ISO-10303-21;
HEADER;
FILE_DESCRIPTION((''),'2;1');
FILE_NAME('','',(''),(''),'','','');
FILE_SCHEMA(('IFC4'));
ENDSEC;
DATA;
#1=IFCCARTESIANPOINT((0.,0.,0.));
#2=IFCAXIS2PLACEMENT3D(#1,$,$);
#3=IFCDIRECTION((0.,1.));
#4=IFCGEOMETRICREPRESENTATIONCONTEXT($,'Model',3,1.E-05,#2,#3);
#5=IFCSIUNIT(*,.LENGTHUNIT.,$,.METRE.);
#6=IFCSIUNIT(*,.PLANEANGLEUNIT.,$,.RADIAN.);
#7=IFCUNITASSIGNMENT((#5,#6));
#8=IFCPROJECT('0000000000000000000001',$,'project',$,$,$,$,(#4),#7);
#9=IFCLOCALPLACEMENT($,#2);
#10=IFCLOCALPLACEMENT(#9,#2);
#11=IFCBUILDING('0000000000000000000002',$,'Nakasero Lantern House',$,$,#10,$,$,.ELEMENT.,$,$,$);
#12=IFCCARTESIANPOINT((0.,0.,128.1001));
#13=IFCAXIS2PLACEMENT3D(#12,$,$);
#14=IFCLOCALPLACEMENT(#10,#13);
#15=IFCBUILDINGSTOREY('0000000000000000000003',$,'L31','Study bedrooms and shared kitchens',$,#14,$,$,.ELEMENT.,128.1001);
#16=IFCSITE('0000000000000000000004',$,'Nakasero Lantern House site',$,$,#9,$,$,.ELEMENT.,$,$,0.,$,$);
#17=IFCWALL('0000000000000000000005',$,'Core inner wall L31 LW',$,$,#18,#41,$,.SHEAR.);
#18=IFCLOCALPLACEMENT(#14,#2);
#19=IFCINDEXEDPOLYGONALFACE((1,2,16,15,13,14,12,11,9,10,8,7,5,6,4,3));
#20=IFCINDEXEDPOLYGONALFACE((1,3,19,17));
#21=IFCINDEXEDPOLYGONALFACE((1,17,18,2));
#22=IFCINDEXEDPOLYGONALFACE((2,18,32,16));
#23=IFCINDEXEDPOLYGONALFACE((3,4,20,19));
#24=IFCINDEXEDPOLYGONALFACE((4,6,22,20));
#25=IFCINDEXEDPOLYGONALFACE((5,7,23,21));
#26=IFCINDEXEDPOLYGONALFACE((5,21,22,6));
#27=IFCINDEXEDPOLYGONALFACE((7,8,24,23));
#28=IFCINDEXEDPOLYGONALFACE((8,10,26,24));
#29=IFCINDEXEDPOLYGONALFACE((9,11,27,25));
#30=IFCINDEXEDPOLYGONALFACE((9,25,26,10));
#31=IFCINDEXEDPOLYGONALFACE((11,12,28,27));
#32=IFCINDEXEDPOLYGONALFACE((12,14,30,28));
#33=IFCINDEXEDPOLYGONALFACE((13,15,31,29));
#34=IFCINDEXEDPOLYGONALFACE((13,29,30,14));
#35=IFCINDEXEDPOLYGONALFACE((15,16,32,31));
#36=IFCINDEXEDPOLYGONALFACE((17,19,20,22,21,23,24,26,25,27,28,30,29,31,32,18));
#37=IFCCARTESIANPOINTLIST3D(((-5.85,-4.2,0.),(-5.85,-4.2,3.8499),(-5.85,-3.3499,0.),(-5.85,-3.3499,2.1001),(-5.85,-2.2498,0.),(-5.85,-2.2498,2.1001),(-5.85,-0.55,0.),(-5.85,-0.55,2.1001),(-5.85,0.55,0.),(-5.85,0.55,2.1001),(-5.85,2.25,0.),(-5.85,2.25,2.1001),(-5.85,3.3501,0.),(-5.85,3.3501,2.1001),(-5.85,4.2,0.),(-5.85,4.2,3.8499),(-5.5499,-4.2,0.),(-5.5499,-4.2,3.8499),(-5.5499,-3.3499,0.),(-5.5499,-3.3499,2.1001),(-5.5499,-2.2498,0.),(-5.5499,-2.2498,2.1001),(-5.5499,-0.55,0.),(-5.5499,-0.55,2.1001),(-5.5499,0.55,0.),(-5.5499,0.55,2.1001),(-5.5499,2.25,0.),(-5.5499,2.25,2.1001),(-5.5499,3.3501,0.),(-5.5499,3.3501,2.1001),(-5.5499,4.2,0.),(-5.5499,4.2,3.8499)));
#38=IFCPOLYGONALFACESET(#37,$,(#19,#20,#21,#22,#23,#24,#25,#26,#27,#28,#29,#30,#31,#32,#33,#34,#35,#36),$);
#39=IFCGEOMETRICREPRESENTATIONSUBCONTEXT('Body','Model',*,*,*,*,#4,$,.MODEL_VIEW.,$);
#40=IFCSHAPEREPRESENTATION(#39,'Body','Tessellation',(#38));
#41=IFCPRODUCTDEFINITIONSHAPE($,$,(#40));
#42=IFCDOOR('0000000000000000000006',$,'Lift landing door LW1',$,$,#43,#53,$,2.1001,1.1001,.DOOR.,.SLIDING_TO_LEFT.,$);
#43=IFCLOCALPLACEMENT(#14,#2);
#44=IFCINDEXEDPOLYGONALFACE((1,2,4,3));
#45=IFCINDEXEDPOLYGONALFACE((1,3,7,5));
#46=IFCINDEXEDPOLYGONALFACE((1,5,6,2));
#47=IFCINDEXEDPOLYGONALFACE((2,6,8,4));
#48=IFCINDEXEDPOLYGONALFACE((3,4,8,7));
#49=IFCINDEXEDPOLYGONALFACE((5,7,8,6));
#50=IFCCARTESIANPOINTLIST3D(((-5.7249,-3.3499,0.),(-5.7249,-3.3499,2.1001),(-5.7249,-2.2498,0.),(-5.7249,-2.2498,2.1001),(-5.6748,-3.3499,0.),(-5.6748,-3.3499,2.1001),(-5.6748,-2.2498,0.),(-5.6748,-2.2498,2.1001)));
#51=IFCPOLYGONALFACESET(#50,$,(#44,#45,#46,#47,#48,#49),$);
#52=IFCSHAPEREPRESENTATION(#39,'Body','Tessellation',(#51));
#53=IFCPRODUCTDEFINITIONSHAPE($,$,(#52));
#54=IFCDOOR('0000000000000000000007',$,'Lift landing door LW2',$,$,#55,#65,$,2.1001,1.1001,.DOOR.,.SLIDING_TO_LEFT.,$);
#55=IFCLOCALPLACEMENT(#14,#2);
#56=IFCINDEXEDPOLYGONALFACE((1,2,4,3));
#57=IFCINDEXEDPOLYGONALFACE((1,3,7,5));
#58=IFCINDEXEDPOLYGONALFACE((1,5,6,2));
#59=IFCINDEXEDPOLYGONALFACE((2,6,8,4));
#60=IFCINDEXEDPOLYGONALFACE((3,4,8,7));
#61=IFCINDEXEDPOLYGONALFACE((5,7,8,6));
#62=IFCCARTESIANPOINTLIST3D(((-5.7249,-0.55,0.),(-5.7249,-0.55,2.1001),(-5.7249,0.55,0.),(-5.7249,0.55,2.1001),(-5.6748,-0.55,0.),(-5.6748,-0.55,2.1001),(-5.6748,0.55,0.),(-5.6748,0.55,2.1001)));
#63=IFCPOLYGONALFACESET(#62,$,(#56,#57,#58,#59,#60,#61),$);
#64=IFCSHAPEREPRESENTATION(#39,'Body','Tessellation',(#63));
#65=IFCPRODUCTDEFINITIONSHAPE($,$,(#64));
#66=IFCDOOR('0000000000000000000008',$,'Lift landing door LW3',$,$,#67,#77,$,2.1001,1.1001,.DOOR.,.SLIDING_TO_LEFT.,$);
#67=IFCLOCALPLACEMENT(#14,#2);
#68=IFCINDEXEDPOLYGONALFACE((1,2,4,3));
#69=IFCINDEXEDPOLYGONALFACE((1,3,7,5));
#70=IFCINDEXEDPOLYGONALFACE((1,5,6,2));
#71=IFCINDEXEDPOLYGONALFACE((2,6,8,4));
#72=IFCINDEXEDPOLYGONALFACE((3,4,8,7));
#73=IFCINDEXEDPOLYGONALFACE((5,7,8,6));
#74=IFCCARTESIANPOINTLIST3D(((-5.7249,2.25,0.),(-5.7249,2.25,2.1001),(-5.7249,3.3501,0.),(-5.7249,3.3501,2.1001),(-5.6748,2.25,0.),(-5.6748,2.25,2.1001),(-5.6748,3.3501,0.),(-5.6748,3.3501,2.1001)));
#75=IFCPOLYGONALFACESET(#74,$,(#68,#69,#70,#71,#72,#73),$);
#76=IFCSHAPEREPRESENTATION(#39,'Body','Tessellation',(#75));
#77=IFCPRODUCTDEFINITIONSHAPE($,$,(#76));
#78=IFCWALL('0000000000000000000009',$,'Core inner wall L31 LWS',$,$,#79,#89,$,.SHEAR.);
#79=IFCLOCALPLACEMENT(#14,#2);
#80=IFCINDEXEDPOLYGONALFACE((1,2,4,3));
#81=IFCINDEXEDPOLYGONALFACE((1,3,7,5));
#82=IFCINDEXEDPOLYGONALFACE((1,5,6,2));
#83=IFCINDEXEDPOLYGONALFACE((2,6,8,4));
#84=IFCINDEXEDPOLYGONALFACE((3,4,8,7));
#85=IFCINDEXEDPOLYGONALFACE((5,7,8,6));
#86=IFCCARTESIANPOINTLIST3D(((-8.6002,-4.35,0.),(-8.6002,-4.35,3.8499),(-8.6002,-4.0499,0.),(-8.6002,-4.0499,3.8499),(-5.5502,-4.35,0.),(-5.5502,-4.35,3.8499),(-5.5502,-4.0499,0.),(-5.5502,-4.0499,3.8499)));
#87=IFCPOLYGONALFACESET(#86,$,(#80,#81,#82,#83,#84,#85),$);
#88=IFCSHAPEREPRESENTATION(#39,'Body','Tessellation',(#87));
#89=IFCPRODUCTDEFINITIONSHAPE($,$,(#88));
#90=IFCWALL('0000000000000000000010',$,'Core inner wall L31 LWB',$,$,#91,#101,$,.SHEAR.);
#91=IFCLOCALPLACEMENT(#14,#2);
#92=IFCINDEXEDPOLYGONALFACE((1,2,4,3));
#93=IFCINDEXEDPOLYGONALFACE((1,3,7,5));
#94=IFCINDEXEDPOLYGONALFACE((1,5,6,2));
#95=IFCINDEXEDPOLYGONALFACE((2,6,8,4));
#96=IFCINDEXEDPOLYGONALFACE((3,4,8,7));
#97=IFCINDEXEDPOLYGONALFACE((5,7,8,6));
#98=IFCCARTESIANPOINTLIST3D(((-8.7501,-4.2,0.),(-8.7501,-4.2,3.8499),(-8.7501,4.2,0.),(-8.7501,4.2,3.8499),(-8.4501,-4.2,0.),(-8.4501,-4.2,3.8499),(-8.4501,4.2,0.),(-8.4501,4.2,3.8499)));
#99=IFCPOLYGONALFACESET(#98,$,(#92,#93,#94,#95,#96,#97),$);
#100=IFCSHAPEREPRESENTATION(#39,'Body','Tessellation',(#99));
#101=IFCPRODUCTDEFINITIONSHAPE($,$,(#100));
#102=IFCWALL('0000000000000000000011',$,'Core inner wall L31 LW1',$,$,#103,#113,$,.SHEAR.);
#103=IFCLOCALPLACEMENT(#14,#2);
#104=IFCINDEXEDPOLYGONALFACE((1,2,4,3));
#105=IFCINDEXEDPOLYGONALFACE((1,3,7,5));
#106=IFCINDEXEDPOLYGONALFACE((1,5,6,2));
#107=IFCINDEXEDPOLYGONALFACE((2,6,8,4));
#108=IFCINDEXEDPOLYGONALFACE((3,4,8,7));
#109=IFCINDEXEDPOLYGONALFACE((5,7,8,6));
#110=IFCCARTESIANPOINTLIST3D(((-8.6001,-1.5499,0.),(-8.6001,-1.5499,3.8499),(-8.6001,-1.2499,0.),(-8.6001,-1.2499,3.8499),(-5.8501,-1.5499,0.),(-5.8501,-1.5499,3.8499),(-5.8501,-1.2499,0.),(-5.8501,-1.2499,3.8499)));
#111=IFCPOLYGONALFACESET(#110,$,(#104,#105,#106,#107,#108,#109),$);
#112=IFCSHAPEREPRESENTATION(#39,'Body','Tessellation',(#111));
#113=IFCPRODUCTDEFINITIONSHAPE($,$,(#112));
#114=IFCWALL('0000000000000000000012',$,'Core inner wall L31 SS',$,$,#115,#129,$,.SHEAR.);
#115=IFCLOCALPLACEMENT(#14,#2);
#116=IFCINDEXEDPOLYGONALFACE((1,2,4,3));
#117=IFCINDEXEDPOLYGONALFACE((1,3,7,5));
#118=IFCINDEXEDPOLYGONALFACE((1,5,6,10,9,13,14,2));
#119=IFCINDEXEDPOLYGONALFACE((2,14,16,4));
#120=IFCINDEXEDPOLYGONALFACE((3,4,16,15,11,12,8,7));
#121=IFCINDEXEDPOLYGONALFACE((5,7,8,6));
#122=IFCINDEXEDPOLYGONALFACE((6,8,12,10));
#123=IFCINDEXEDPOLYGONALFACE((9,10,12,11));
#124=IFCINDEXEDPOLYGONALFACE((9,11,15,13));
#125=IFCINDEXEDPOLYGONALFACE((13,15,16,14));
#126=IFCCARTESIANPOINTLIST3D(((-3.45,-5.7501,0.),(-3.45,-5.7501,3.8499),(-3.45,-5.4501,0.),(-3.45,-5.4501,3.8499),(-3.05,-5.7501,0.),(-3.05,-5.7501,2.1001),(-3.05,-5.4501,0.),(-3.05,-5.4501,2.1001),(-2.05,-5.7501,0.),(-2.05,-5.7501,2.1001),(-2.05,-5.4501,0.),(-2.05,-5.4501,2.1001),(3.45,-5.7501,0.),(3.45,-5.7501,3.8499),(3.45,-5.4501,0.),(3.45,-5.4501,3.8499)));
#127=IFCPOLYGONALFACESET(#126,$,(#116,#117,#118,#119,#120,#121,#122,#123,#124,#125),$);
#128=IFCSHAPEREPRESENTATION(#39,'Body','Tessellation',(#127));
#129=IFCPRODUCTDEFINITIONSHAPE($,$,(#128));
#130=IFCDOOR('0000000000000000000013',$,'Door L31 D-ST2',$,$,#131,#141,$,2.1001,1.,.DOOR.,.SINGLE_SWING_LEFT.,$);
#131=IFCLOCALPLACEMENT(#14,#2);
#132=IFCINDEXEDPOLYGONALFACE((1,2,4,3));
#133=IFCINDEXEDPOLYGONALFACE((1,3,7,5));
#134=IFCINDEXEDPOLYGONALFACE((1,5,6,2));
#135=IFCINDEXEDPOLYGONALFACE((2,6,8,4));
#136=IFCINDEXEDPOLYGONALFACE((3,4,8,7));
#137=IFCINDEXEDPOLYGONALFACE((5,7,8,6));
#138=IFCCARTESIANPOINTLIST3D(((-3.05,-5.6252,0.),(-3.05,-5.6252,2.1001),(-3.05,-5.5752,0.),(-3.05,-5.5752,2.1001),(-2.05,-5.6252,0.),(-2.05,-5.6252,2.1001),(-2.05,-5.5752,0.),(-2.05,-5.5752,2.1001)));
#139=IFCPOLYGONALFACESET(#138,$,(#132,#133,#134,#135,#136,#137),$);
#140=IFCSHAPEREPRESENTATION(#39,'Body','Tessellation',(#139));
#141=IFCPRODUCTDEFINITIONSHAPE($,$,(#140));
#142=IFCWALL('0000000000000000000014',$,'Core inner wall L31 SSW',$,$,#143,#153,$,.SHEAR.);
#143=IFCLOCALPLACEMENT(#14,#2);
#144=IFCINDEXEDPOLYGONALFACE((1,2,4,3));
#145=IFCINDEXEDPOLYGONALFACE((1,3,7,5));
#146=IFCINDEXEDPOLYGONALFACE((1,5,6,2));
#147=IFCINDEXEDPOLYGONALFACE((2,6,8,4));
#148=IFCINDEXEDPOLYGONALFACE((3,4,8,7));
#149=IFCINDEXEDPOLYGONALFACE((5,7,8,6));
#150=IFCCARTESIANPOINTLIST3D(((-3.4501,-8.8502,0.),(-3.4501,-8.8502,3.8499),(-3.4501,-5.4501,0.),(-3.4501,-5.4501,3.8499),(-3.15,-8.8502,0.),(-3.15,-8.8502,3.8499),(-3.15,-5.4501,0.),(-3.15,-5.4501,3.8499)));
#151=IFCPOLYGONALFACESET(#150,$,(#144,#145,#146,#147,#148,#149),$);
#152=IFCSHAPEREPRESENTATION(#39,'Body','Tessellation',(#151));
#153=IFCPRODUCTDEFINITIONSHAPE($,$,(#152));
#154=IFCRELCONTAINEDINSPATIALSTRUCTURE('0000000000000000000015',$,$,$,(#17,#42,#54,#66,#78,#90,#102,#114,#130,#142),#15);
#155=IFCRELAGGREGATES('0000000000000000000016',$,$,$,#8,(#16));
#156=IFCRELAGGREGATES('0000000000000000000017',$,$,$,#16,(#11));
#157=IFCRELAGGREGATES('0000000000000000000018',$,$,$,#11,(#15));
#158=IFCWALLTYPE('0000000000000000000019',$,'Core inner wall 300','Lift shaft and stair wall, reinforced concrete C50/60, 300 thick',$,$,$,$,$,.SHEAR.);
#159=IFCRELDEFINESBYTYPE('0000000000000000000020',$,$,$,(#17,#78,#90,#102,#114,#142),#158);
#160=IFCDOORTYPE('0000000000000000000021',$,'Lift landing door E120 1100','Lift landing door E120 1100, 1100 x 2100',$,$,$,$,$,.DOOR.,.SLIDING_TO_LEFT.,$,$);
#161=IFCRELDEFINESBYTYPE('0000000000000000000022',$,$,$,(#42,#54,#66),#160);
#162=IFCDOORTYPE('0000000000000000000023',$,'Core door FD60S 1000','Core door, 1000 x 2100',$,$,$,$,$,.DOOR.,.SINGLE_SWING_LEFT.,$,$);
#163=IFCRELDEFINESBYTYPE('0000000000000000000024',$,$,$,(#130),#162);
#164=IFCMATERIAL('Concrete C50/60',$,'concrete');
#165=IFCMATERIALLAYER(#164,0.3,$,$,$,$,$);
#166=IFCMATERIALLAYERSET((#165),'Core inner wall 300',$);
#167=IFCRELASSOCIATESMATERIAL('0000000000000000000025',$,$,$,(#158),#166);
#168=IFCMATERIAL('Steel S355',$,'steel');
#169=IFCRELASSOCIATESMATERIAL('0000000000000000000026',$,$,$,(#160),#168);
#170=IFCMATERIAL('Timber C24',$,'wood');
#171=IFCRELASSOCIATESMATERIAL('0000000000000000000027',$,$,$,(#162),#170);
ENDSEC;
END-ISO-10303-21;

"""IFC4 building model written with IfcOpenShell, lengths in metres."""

from ifc_helpers import new_model, si_unit, direction, frame, frame_2d, origin, place, context, subcontext, project, spatial, rectangle, extrude, material, layer, layer_set, type_object, element, fill, save


model = new_model("IFC4")

# Units and contexts
model_context = context("Model", 3, precision=1e-05, world=origin(), true_north=direction((0.0, 1.0)))
body_context = subcontext(model_context, "Body", "Model", "MODEL_VIEW")
ifc_project = project(units=[si_unit("LENGTHUNIT", "METRE"), si_unit("PLANEANGLEUNIT", "RADIAN")], contexts=[model_context])

# Site, building, storey
site_placement = place(None, origin())
site = spatial("IfcSite", under=ifc_project, at=site_placement, Name="Nakasero Lantern House site", CompositionType="ELEMENT", RefElevation=0.0)
building_placement = place(site_placement, origin())
building = spatial("IfcBuilding", under=site, at=building_placement, Name="Nakasero Lantern House", CompositionType="ELEMENT")
storey_placement = place(building_placement, frame((0.0, 0.0, 128.1001)))
storey = spatial("IfcBuildingStorey", under=building, at=storey_placement, Name="L31", Description="Study bedrooms and shared kitchens", CompositionType="ELEMENT", Elevation=128.1001)

# Wall, openings, doors
ifc_material_1 = material(Name="Concrete C50/60", Category="concrete")
ifc_layer_1 = layer(ifc_material_1, 0.3)
ifc_layer_set_1 = layer_set([ifc_layer_1], Name="Core inner wall 300")
wall_type_1 = type_object("IfcWallType", Name="Core inner wall 300", Description="Lift shaft and stair wall, reinforced concrete C50/60, 300 thick", PredefinedType="SHEAR", material=ifc_layer_set_1)
wall_1_placement = place(storey_placement, frame((-5.7, -4.2, 0.0), z_axis=(0.0, 0.0, 1.0), x_axis=(0.0, 1.0, 0.0)))
wall_1 = element("IfcWall", 1, at=wall_1_placement, inside=storey, type_object=wall_type_1, Name="Core inner wall L31 LW", PredefinedType="SHEAR", context=body_context, shape_type="SweptSolid", body=[
    extrude(rectangle(XDim=8.3999, YDim=0.3, at=frame_2d((4.2, 0.0))), origin(), (0.0, 0.0, 1.0), 3.8499),
])
opening_1_placement = place(wall_1_placement, frame((0.8501, 0.0, 0.0)))
opening_1 = element("IfcOpeningElement", 2, at=opening_1_placement, cuts=wall_1, PredefinedType="OPENING", context=body_context, shape_type="SweptSolid", body=[
    extrude(rectangle(XDim=1.1001, YDim=2.1001, at=frame_2d((0.55, 1.05))), frame((0.0, 0.1699, 0.0), z_axis=(0.0, -1.0, 0.0), x_axis=(1.0, 0.0, 0.0)), (0.0, 0.0, 1.0), 0.3401),
])
opening_2_placement = place(wall_1_placement, frame((3.6499, 0.0, 0.0)))
opening_2 = element("IfcOpeningElement", 3, at=opening_2_placement, cuts=wall_1, PredefinedType="OPENING", context=body_context, shape_type="SweptSolid", body=[
    extrude(rectangle(XDim=1.1001, YDim=2.1001, at=frame_2d((0.55, 1.05))), frame((0.0, 0.1699, 0.0), z_axis=(0.0, -1.0, 0.0), x_axis=(1.0, 0.0, 0.0)), (0.0, 0.0, 1.0), 0.3401),
])
opening_3_placement = place(wall_1_placement, frame((6.45, 0.0, 0.0)))
opening_3 = element("IfcOpeningElement", 4, at=opening_3_placement, cuts=wall_1, PredefinedType="OPENING", context=body_context, shape_type="SweptSolid", body=[
    extrude(rectangle(XDim=1.1001, YDim=2.1001, at=frame_2d((0.55, 1.05))), frame((0.0, 0.1699, 0.0), z_axis=(0.0, -1.0, 0.0), x_axis=(1.0, 0.0, 0.0)), (0.0, 0.0, 1.0), 0.3401),
])
ifc_material_2 = material(Name="Steel S355", Category="steel")
door_type_1 = type_object("IfcDoorType", Name="Lift landing door E120 1100", Description="Lift landing door E120 1100, 1100 x 2100", OperationType="SLIDING_TO_LEFT", PredefinedType="DOOR", material=ifc_material_2)
door_1_placement = place(opening_1_placement, origin())
door_1 = element("IfcDoor", 5, at=door_1_placement, inside=storey, type_object=door_type_1, Name="Lift landing door LW1", OperationType="SLIDING_TO_LEFT", OverallHeight=2.1001, OverallWidth=1.1001, PredefinedType="DOOR", context=body_context, shape_type="SweptSolid", body=[
    extrude(rectangle(XDim=1.1001, YDim=2.1001, at=frame_2d((0.55, 1.05))), frame((0.0, 0.0249, 0.0), z_axis=(0.0, -1.0, 0.0), x_axis=(1.0, 0.0, 0.0)), (0.0, 0.0, 1.0), 0.05),
])
fill(opening_1, door_1)
door_2_placement = place(opening_2_placement, origin())
door_2 = element("IfcDoor", 6, at=door_2_placement, inside=storey, type_object=door_type_1, Name="Lift landing door LW2", OperationType="SLIDING_TO_LEFT", OverallHeight=2.1001, OverallWidth=1.1001, PredefinedType="DOOR", context=body_context, shape_type="SweptSolid", body=[
    extrude(rectangle(XDim=1.1001, YDim=2.1001, at=frame_2d((0.55, 1.05))), frame((0.0, 0.0249, 0.0), z_axis=(0.0, -1.0, 0.0), x_axis=(1.0, 0.0, 0.0)), (0.0, 0.0, 1.0), 0.05),
])
fill(opening_2, door_2)
door_3_placement = place(opening_3_placement, origin())
door_3 = element("IfcDoor", 7, at=door_3_placement, inside=storey, type_object=door_type_1, Name="Lift landing door LW3", OperationType="SLIDING_TO_LEFT", OverallHeight=2.1001, OverallWidth=1.1001, PredefinedType="DOOR", context=body_context, shape_type="SweptSolid", body=[
    extrude(rectangle(XDim=1.1001, YDim=2.1001, at=frame_2d((0.55, 1.05))), frame((0.0, 0.0249, 0.0), z_axis=(0.0, -1.0, 0.0), x_axis=(1.0, 0.0, 0.0)), (0.0, 0.0, 1.0), 0.05),
])
fill(opening_3, door_3)

# Walls
wall_2_placement = place(storey_placement, frame((-8.6001, -4.2, 0.0), z_axis=(0.0, 0.0, 1.0), x_axis=(1.0, 0.0, 0.0)))
element("IfcWall", 8, at=wall_2_placement, inside=storey, type_object=wall_type_1, Name="Core inner wall L31 LWS", PredefinedType="SHEAR", context=body_context, shape_type="SweptSolid", body=[
    extrude(rectangle(XDim=3.05, YDim=0.3, at=frame_2d((1.5249, 0.0))), origin(), (0.0, 0.0, 1.0), 3.8499),
])
wall_3_placement = place(storey_placement, frame((-8.6001, -4.2, 0.0), z_axis=(0.0, 0.0, 1.0), x_axis=(0.0, 1.0, 0.0)))
element("IfcWall", 9, at=wall_3_placement, inside=storey, type_object=wall_type_1, Name="Core inner wall L31 LWB", PredefinedType="SHEAR", context=body_context, shape_type="SweptSolid", body=[
    extrude(rectangle(XDim=8.3999, YDim=0.3, at=frame_2d((4.2, 0.0))), origin(), (0.0, 0.0, 1.0), 3.8499),
])
wall_4_placement = place(storey_placement, frame((-8.6001, -1.3999, 0.0), z_axis=(0.0, 0.0, 1.0), x_axis=(1.0, 0.0, 0.0)))
element("IfcWall", 10, at=wall_4_placement, inside=storey, type_object=wall_type_1, Name="Core inner wall L31 LW1", PredefinedType="SHEAR", context=body_context, shape_type="SweptSolid", body=[
    extrude(rectangle(XDim=2.75, YDim=0.3, at=frame_2d((1.375, 0.0))), origin(), (0.0, 0.0, 1.0), 3.8499),
])

# Wall, opening, door
wall_5_placement = place(storey_placement, frame((-3.45, -5.6001, 0.0), z_axis=(0.0, 0.0, 1.0), x_axis=(1.0, 0.0, 0.0)))
wall_5 = element("IfcWall", 11, at=wall_5_placement, inside=storey, type_object=wall_type_1, Name="Core inner wall L31 SS", PredefinedType="SHEAR", context=body_context, shape_type="SweptSolid", body=[
    extrude(rectangle(XDim=6.8999, YDim=0.3, at=frame_2d((3.45, 0.0))), origin(), (0.0, 0.0, 1.0), 3.8499),
])
opening_4_placement = place(wall_5_placement, frame((0.3999, 0.0, 0.0)))
opening_4 = element("IfcOpeningElement", 12, at=opening_4_placement, cuts=wall_5, PredefinedType="OPENING", context=body_context, shape_type="SweptSolid", body=[
    extrude(rectangle(XDim=1.0, YDim=2.1001, at=frame_2d((0.5, 1.05))), frame((0.0, 0.1699, 0.0), z_axis=(0.0, -1.0, 0.0), x_axis=(1.0, 0.0, 0.0)), (0.0, 0.0, 1.0), 0.3401),
])
ifc_material_3 = material(Name="Timber C24", Category="wood")
door_type_2 = type_object("IfcDoorType", Name="Core door FD60S 1000", Description="Core door, 1000 x 2100", OperationType="SINGLE_SWING_LEFT", PredefinedType="DOOR", material=ifc_material_3)
door_4_placement = place(opening_4_placement, origin())
door_4 = element("IfcDoor", 13, at=door_4_placement, inside=storey, type_object=door_type_2, Name="Door L31 D-ST2", OperationType="SINGLE_SWING_LEFT", OverallHeight=2.1001, OverallWidth=1.0, PredefinedType="DOOR", context=body_context, shape_type="SweptSolid", body=[
    extrude(rectangle(XDim=1.0, YDim=2.1001, at=frame_2d((0.5, 1.05))), frame((0.0, 0.0249, 0.0), z_axis=(0.0, -1.0, 0.0), x_axis=(1.0, 0.0, 0.0)), (0.0, 0.0, 1.0), 0.05),
])
fill(opening_4, door_4)

# Wall
wall_6_placement = place(storey_placement, frame((-3.3, -5.45, 0.0), z_axis=(0.0, 0.0, 1.0), x_axis=(0.0, -1.0, 0.0)))
element("IfcWall", 14, at=wall_6_placement, inside=storey, type_object=wall_type_1, Name="Core inner wall L31 SSW", PredefinedType="SHEAR", context=body_context, shape_type="SweptSolid", body=[
    extrude(rectangle(XDim=3.4001, YDim=0.3, at=frame_2d((1.7002, 0.0))), origin(), (0.0, 0.0, 1.0), 3.8499),
])

save(model, "model.ifc")
